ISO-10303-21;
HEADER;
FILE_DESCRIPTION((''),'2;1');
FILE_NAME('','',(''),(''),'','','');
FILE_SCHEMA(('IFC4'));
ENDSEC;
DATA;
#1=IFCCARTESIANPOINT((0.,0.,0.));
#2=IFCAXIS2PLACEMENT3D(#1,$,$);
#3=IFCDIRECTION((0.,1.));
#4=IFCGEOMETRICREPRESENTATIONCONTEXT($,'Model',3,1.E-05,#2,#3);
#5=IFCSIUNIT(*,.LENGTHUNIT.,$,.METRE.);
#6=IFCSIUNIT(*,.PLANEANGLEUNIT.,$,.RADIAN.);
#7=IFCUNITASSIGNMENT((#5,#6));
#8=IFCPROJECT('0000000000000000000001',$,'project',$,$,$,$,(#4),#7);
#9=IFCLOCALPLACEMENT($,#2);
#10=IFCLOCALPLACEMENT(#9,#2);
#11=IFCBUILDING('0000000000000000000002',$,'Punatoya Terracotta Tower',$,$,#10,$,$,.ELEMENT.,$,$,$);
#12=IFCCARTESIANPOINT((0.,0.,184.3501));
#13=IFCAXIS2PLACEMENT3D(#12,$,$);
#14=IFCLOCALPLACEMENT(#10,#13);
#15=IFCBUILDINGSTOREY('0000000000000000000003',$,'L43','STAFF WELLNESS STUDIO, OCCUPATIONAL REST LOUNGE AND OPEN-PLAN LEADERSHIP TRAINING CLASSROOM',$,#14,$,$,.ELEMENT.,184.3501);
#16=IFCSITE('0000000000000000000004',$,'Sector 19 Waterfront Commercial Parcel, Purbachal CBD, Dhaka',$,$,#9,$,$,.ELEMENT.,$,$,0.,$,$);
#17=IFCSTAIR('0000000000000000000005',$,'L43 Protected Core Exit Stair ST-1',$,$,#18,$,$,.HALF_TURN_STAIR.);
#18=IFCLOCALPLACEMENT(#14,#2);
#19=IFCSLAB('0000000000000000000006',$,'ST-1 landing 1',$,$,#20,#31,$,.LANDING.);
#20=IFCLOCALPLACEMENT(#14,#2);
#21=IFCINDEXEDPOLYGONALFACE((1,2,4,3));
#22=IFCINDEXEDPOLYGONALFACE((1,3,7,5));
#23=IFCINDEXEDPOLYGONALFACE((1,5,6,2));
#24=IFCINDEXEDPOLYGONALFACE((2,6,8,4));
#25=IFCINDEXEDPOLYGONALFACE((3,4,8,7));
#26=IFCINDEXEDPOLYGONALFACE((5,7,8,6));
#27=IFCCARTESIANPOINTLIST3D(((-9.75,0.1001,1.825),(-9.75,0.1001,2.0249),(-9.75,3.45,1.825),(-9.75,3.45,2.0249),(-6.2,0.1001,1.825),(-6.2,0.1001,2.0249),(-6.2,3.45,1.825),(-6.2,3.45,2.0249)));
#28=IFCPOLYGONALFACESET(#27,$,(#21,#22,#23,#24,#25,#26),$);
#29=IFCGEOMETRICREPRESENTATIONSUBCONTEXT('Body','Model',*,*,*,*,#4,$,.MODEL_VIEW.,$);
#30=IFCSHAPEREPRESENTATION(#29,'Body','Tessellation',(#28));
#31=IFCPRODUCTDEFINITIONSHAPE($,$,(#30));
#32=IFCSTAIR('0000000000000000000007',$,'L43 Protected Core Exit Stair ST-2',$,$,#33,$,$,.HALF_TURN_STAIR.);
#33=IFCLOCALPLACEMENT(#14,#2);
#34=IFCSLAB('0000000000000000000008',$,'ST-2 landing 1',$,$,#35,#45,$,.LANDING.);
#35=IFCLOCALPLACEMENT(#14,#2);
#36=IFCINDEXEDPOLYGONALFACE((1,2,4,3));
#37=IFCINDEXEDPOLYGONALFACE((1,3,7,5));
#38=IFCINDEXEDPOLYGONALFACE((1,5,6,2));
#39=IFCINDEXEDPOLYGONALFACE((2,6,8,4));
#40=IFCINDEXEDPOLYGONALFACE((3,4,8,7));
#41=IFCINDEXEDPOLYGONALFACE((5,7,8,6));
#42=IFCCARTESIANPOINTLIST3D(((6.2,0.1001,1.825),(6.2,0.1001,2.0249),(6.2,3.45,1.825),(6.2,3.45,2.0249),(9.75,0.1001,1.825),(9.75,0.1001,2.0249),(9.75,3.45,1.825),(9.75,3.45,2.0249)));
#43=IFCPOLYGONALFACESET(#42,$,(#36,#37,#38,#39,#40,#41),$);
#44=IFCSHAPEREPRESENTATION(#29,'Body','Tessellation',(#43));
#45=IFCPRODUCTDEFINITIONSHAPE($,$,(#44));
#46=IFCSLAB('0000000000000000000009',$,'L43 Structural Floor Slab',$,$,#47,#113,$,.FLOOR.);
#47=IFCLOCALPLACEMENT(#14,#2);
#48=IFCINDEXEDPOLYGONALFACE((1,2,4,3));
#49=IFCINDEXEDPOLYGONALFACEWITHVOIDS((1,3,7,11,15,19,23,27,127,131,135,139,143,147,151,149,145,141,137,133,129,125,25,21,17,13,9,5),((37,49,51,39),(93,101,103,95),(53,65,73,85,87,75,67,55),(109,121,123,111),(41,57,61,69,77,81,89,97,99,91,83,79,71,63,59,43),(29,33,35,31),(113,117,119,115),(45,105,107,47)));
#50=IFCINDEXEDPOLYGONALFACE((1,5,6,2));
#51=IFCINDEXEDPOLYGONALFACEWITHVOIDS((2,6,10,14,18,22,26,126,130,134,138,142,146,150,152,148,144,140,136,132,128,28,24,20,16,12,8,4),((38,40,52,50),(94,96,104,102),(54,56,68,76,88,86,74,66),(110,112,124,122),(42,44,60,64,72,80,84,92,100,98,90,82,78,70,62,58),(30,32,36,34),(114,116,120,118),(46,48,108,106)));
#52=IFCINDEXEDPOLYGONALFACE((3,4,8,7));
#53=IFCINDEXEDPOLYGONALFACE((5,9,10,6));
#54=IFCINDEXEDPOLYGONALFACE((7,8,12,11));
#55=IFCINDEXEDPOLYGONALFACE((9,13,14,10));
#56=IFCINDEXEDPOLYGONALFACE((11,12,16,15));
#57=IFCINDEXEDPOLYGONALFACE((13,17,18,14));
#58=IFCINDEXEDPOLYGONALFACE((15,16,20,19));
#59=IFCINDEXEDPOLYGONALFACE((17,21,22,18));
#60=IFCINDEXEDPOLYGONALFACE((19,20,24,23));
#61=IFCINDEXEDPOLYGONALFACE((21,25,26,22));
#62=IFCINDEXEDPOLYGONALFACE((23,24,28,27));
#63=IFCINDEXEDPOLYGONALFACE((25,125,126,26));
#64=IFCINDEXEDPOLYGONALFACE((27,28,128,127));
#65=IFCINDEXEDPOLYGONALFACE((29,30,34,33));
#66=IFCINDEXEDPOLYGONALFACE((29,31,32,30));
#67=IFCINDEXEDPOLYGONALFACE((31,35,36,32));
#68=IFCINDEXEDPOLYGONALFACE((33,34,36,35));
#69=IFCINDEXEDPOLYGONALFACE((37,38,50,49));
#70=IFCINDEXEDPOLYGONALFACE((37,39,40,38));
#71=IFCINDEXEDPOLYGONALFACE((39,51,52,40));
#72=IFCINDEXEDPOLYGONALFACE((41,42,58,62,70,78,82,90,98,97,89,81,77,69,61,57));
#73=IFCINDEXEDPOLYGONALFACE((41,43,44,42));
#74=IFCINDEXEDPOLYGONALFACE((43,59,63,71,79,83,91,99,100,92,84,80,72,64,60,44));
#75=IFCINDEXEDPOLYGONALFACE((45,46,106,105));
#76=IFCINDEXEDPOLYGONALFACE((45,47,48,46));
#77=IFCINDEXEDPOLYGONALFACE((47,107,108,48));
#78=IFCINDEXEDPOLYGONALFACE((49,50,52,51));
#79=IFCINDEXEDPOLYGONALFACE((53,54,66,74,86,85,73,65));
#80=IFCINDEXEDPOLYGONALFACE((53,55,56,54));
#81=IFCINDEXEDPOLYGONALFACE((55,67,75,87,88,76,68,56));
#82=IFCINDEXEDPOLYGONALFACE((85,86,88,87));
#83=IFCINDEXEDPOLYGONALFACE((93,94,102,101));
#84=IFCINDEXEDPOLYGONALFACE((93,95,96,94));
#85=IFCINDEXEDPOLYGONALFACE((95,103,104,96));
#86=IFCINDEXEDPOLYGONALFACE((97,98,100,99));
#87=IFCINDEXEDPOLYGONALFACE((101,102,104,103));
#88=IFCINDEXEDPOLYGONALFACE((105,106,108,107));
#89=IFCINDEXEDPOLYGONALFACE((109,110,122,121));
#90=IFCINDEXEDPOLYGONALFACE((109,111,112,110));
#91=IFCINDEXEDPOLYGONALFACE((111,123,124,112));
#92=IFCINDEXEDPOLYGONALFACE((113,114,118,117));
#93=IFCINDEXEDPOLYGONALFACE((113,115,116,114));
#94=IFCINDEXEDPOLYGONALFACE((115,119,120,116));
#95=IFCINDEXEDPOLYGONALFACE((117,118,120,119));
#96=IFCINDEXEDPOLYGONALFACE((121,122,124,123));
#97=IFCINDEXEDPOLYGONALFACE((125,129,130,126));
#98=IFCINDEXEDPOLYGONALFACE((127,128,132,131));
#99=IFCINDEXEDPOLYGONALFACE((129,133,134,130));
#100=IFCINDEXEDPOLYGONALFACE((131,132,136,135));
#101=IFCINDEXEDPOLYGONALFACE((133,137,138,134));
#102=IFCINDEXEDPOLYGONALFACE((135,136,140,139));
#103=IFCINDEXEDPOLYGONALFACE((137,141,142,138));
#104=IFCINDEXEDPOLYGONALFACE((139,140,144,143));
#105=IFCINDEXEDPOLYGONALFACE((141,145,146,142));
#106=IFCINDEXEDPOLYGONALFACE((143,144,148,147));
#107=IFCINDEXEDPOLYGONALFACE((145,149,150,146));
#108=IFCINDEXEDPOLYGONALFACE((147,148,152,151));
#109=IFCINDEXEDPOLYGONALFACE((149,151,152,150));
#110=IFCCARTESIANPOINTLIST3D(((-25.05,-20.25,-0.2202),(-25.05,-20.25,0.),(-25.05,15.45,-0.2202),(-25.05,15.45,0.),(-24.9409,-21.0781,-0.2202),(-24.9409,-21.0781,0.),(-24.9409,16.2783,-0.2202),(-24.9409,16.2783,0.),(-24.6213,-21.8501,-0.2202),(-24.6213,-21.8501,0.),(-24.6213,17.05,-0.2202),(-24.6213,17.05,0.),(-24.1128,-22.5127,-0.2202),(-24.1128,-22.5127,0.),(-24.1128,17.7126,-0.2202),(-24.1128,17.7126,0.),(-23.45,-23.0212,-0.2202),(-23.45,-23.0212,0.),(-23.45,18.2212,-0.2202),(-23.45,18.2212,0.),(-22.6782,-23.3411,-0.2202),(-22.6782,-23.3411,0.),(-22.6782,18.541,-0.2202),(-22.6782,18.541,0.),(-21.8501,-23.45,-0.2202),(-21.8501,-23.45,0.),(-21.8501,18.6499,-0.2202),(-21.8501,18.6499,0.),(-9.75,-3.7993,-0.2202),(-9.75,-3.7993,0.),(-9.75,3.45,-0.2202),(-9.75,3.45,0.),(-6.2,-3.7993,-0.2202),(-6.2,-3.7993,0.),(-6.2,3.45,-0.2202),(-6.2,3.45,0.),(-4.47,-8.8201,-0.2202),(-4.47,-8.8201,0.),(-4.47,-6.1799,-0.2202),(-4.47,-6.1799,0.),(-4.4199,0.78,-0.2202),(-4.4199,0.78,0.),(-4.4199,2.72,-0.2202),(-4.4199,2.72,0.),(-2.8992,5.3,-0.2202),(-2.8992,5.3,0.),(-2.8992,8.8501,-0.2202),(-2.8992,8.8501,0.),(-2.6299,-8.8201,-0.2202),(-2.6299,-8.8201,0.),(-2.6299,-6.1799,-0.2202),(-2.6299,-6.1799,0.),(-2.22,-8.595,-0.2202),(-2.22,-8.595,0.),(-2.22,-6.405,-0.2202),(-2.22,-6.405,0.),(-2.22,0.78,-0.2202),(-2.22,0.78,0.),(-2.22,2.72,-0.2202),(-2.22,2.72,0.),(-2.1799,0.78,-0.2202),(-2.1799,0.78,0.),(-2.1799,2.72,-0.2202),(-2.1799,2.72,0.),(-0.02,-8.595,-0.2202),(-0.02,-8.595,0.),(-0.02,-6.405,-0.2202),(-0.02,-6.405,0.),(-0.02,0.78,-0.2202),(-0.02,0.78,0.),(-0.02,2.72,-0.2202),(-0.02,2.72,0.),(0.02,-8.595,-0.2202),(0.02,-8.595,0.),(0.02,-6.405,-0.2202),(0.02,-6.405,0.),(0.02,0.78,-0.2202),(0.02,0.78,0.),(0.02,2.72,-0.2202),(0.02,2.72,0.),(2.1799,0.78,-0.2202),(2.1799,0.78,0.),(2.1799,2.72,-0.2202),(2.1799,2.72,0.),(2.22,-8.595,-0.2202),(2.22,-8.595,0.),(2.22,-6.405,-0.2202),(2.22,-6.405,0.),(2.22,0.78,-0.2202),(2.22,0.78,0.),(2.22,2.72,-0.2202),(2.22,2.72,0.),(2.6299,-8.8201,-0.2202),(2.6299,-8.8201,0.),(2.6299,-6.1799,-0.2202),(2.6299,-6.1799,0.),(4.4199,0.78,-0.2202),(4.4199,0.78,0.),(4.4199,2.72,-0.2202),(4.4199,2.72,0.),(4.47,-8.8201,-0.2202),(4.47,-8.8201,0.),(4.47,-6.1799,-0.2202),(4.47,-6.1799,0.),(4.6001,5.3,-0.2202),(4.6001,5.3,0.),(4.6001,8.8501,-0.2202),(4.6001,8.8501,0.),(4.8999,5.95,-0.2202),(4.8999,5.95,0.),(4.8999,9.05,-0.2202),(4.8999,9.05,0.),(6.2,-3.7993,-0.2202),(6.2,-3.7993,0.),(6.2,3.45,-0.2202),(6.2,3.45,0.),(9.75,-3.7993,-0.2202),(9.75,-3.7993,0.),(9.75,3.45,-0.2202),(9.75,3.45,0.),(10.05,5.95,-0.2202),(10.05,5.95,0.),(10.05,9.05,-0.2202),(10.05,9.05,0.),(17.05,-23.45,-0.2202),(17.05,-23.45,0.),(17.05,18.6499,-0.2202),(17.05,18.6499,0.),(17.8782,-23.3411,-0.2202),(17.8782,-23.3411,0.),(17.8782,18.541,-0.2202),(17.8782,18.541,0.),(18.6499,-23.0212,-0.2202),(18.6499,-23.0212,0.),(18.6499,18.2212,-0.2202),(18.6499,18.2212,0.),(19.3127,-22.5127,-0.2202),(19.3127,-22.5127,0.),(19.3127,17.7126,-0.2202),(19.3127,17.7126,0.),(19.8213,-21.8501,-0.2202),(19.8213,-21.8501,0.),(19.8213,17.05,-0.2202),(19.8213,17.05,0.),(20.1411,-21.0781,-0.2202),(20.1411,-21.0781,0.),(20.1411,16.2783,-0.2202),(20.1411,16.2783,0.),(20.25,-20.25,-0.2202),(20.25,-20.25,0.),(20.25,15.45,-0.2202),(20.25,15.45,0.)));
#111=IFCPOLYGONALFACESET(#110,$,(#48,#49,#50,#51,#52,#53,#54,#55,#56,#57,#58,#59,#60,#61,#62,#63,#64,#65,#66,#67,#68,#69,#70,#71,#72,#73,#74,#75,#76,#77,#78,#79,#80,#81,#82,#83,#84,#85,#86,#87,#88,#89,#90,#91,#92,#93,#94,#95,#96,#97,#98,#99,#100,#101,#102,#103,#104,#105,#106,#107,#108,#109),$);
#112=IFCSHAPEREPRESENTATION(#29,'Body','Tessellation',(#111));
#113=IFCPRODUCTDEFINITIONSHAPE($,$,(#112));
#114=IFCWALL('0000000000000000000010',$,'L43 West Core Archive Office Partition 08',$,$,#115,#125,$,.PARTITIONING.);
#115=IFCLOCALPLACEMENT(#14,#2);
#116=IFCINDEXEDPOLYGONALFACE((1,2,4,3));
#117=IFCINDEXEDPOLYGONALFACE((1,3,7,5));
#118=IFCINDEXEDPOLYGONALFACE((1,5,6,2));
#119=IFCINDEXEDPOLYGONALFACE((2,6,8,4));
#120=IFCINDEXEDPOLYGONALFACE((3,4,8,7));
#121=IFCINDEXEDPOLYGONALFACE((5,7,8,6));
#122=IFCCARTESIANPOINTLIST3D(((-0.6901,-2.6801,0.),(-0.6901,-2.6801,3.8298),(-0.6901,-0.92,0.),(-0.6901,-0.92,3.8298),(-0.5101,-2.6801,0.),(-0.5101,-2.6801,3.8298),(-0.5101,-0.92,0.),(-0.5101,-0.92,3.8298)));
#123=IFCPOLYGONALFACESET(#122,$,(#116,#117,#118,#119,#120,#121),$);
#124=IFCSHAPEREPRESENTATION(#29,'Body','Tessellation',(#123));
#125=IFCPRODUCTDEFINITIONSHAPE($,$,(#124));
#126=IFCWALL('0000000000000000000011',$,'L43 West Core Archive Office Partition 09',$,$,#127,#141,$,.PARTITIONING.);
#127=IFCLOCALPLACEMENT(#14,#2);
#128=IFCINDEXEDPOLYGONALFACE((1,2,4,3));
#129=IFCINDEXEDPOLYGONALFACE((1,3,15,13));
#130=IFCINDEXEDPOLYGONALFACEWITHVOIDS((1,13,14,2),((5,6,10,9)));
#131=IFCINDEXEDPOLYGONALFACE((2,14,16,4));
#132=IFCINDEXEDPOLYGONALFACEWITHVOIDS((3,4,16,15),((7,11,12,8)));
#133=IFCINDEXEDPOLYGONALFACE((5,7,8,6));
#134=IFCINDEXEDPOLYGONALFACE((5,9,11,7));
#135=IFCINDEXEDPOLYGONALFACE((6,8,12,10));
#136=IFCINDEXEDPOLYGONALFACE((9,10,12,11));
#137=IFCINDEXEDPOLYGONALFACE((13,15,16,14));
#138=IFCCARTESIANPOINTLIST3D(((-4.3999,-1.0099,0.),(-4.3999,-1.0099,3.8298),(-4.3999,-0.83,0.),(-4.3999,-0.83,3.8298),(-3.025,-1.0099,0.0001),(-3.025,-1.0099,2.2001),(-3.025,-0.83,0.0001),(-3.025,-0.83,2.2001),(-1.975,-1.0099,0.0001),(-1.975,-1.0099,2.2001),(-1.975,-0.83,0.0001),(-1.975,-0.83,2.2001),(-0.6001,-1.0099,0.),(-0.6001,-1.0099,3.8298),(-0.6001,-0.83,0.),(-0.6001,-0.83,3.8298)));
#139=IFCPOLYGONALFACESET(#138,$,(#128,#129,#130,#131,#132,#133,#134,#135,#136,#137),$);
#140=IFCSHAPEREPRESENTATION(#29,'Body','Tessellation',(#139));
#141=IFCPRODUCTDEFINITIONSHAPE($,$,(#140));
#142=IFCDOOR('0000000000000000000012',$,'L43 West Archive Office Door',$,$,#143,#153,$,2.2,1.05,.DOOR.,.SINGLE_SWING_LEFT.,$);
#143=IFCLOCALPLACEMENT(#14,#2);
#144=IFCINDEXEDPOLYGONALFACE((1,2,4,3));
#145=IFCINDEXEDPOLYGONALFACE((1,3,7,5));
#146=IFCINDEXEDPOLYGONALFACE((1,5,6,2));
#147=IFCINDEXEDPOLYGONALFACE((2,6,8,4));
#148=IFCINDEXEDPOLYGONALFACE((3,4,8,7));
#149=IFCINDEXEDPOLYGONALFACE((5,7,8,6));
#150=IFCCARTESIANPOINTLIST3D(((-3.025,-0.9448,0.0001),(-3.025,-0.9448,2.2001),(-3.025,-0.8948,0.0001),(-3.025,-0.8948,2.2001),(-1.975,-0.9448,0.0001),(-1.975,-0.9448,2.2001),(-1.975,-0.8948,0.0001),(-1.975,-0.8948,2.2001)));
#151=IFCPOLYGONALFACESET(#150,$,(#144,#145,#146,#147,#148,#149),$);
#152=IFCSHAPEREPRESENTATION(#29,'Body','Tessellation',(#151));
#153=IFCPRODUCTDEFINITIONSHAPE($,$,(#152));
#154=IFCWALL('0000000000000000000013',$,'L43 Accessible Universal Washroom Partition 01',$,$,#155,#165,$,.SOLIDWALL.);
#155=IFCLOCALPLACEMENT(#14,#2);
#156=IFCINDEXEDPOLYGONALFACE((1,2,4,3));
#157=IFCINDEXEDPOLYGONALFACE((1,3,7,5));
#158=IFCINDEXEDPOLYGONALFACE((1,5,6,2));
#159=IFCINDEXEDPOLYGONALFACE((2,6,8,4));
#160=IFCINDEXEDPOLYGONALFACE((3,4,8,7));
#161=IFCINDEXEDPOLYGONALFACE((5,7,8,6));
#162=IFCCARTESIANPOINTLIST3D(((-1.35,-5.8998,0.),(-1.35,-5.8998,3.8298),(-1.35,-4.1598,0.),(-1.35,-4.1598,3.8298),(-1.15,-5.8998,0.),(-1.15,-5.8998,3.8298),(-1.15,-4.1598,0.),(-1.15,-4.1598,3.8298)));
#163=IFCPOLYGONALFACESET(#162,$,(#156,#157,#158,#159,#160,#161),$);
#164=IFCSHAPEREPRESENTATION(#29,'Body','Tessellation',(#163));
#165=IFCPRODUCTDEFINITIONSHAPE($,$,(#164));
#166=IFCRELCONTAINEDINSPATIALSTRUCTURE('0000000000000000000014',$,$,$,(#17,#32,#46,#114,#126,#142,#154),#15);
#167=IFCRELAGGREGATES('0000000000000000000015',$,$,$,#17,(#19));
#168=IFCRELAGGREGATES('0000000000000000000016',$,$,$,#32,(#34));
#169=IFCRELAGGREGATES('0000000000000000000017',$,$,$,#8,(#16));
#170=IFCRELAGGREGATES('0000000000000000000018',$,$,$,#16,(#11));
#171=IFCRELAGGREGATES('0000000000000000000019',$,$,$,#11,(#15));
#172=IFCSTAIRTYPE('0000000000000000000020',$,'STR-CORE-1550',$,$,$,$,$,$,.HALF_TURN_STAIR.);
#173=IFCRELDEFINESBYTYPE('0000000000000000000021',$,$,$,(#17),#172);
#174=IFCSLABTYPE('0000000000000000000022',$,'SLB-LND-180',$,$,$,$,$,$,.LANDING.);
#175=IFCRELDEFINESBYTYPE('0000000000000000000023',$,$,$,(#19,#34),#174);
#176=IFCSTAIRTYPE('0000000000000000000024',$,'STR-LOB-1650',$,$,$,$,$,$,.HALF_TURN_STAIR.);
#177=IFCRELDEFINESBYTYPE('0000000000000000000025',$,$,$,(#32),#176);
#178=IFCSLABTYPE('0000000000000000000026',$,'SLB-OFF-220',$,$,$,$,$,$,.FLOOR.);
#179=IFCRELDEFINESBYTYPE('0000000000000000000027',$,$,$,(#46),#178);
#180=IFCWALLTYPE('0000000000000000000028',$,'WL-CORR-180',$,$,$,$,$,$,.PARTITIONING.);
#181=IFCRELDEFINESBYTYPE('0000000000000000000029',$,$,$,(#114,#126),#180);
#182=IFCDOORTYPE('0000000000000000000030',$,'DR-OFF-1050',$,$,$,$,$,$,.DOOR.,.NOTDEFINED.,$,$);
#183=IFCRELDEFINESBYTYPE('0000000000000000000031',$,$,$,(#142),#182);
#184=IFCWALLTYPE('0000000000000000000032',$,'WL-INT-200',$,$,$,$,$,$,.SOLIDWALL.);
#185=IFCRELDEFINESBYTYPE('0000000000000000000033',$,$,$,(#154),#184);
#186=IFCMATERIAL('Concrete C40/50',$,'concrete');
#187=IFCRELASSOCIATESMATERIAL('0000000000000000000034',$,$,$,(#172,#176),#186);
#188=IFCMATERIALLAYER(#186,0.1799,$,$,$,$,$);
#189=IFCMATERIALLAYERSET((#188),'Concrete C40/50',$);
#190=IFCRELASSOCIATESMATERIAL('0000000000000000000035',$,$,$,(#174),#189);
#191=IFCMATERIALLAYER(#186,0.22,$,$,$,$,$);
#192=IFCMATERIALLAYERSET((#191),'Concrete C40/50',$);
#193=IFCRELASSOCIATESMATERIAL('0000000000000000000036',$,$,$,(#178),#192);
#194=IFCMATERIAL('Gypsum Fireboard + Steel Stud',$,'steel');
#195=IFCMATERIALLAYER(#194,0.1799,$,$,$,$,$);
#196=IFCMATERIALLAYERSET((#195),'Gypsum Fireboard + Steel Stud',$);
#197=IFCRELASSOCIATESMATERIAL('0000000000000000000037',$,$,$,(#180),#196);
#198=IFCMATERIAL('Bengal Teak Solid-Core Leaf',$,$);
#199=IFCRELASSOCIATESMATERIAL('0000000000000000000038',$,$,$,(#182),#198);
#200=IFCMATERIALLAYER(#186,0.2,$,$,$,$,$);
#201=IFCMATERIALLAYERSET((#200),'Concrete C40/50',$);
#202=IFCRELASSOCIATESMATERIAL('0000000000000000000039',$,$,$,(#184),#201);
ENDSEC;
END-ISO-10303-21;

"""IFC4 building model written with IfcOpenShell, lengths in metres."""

from ifc_helpers import new_model, si_unit, direction, frame, frame_2d, origin, place, context, subcontext, project, spatial, polyline, rectangle, outline, extrude, material, layer, layer_set, type_object, element, fill, aggregate, save


model = new_model("IFC4")

# Units and contexts
model_context = context("Model", 3, precision=1e-05, world=origin(), true_north=direction((0.0, 1.0)))
body_context = subcontext(model_context, "Body", "Model", "MODEL_VIEW")
ifc_project = project(units=[si_unit("LENGTHUNIT", "METRE"), si_unit("PLANEANGLEUNIT", "RADIAN")], contexts=[model_context])

# Site, building, storey
site_placement = place(None, origin())
site = spatial("IfcSite", under=ifc_project, at=site_placement, Name="Sector 19 Waterfront Commercial Parcel, Purbachal CBD, Dhaka", CompositionType="ELEMENT", RefElevation=0.0)
building_placement = place(site_placement, origin())
building = spatial("IfcBuilding", under=site, at=building_placement, Name="Punatoya Terracotta Tower", CompositionType="ELEMENT")
storey_placement = place(building_placement, frame((0.0, 0.0, 184.3501)))
storey = spatial("IfcBuildingStorey", under=building, at=storey_placement, Name="L43", Description="STAFF WELLNESS STUDIO, OCCUPATIONAL REST LOUNGE AND OPEN-PLAN LEADERSHIP TRAINING CLASSROOM", CompositionType="ELEMENT", Elevation=184.3501)

# Stairs, slabs
ifc_material_1 = material(Name="Concrete C40/50", Category="concrete")
stair_type_1 = type_object("IfcStairType", Name="STR-CORE-1550", PredefinedType="HALF_TURN_STAIR", material=ifc_material_1)
stair_1_placement = place(storey_placement, origin())
stair_1 = element("IfcStair", 1, at=stair_1_placement, inside=storey, type_object=stair_type_1, Name="L43 Protected Core Exit Stair ST-1", PredefinedType="HALF_TURN_STAIR")
ifc_layer_1 = layer(ifc_material_1, 0.1799)
ifc_layer_set_1 = layer_set([ifc_layer_1], Name="Concrete C40/50")
slab_type_1 = type_object("IfcSlabType", Name="SLB-LND-180", PredefinedType="LANDING", material=ifc_layer_set_1)
slab_1_placement = place(storey_placement, frame((0.0, 0.0, 1.825)))
slab_1 = element("IfcSlab", 2, at=slab_1_placement, type_object=slab_type_1, Name="ST-1 landing 1", PredefinedType="LANDING", context=body_context, shape_type="SweptSolid", body=[
    extrude(outline(polyline([(-6.2, 0.1001), (-6.2, 3.45), (-9.75, 3.45), (-9.75, 0.1001), (-6.2, 0.1001)])), origin(), (0.0, 0.0, 1.0), 0.2),
])
aggregate(stair_1, [slab_1])
stair_type_2 = type_object("IfcStairType", Name="STR-LOB-1650", PredefinedType="HALF_TURN_STAIR", material=ifc_material_1)
stair_2_placement = place(storey_placement, origin())
stair_2 = element("IfcStair", 3, at=stair_2_placement, inside=storey, type_object=stair_type_2, Name="L43 Protected Core Exit Stair ST-2", PredefinedType="HALF_TURN_STAIR")
slab_2_placement = place(storey_placement, frame((0.0, 0.0, 1.825)))
slab_2 = element("IfcSlab", 4, at=slab_2_placement, type_object=slab_type_1, Name="ST-2 landing 1", PredefinedType="LANDING", context=body_context, shape_type="SweptSolid", body=[
    extrude(outline(polyline([(9.75, 0.1001), (9.75, 3.45), (6.2, 3.45), (6.2, 0.1001), (9.75, 0.1001)])), origin(), (0.0, 0.0, 1.0), 0.2),
])
aggregate(stair_2, [slab_2])

# Slab
ifc_layer_2 = layer(ifc_material_1, 0.22)
ifc_layer_set_2 = layer_set([ifc_layer_2], Name="Concrete C40/50")
slab_type_2 = type_object("IfcSlabType", Name="SLB-OFF-220", PredefinedType="FLOOR", material=ifc_layer_set_2)
slab_3_placement = place(storey_placement, frame((0.0, 0.0, -0.2202)))
element("IfcSlab", 5, at=slab_3_placement, inside=storey, type_object=slab_type_2, Name="L43 Structural Floor Slab", PredefinedType="FLOOR", context=body_context, shape_type="SweptSolid", body=[
    extrude(outline(polyline([(-21.8501, -23.45), (-22.6782, -23.3411), (-23.45, -23.0212), (-24.1128, -22.5127), (-24.6213, -21.8501), (-24.9409, -21.0781), (-25.05, -20.25), (-25.05, 15.45), (-24.9409, 16.2783), (-24.6213, 17.05), (-24.1128, 17.7126), (-23.45, 18.2212), (-22.6782, 18.541), (-21.8501, 18.6499), (17.05, 18.6499), (17.8782, 18.541), (18.6499, 18.2212), (19.3127, 17.7126), (19.8213, 17.05), (20.1411, 16.2783), (20.25, 15.45), (20.25, -20.25), (20.1411, -21.0781), (19.8213, -21.8501), (19.3127, -22.5127), (18.6499, -23.0212), (17.8782, -23.3411), (17.05, -23.45), (-21.8501, -23.45)]), holes=[polyline([(-2.6299, -6.1799), (-4.47, -6.1799), (-4.47, -8.8201), (-2.6299, -8.8201), (-2.6299, -6.1799)]), polyline([(0.02, -8.595), (2.22, -8.595), (2.22, -6.405), (0.02, -6.405), (-0.02, -6.405), (-2.22, -6.405), (-2.22, -8.595), (-0.02, -8.595), (0.02, -8.595)]), polyline([(-6.2, 3.45), (-9.75, 3.45), (-9.75, -3.7993), (-6.2, -3.7993), (-6.2, 3.45)]), polyline([(-4.4199, 2.72), (-4.4199, 0.78), (-2.22, 0.78), (-2.1799, 0.78), (-0.02, 0.78), (0.02, 0.78), (2.1799, 0.78), (2.22, 0.78), (4.4199, 0.78), (4.4199, 2.72), (2.22, 2.72), (2.1799, 2.72), (0.02, 2.72), (-0.02, 2.72), (-2.1799, 2.72), (-2.22, 2.72), (-4.4199, 2.72)]), polyline([(4.6001, 5.3), (4.6001, 8.8501), (-2.8992, 8.8501), (-2.8992, 5.3), (4.6001, 5.3)]), polyline([(4.47, -8.8201), (4.47, -6.1799), (2.6299, -6.1799), (2.6299, -8.8201), (4.47, -8.8201)]), polyline([(9.75, 3.45), (6.2, 3.45), (6.2, -3.7993), (9.75, -3.7993), (9.75, 3.45)]), polyline([(10.05, 5.95), (10.05, 9.05), (4.8999, 9.05), (4.8999, 5.95), (10.05, 5.95)])]), origin(), (0.0, 0.0, 1.0), 0.2202),
])

# Wall
ifc_material_2 = material(Name="Gypsum Fireboard + Steel Stud", Category="steel")
ifc_layer_3 = layer(ifc_material_2, 0.1799)
ifc_layer_set_3 = layer_set([ifc_layer_3], Name="Gypsum Fireboard + Steel Stud")
wall_type_1 = type_object("IfcWallType", Name="WL-CORR-180", PredefinedType="PARTITIONING", material=ifc_layer_set_3)
wall_1_placement = place(storey_placement, frame((-0.6001, -2.6799, 0.0), z_axis=(0.0, 0.0, 1.0), x_axis=(0.0, 1.0, 0.0)))
element("IfcWall", 6, at=wall_1_placement, inside=storey, type_object=wall_type_1, Name="L43 West Core Archive Office Partition 08", PredefinedType="PARTITIONING", context=body_context, shape_type="SweptSolid", body=[
    extrude(rectangle(XDim=1.76, YDim=0.1799, at=frame_2d((0.8799, 0.0))), origin(), (0.0, 0.0, 1.0), 3.8298),
])

# Wall, opening, door
wall_2_placement = place(storey_placement, frame((-0.6001, -0.9199, 0.0), z_axis=(0.0, 0.0, 1.0), x_axis=(-1.0, 0.0, 0.0)))
wall_2 = element("IfcWall", 7, at=wall_2_placement, inside=storey, type_object=wall_type_1, Name="L43 West Core Archive Office Partition 09", PredefinedType="PARTITIONING", context=body_context, shape_type="SweptSolid", body=[
    extrude(rectangle(XDim=3.7998, YDim=0.1799, at=frame_2d((1.8999, 0.0))), origin(), (0.0, 0.0, 1.0), 3.8298),
])
opening_1_placement = place(wall_2_placement, frame((1.375, 0.0, 0.0)))
opening_1 = element("IfcOpeningElement", 8, at=opening_1_placement, cuts=wall_2, PredefinedType="OPENING", context=body_context, shape_type="SweptSolid", body=[
    extrude(rectangle(XDim=1.05, YDim=2.2, at=frame_2d((0.5249, 1.1001))), frame((0.0, 0.0999, 0.0), z_axis=(0.0, -1.0, 0.0), x_axis=(1.0, 0.0, 0.0)), (0.0, 0.0, 1.0), 0.2),
])
ifc_material_3 = material(Name="Bengal Teak Solid-Core Leaf")
door_type_1 = type_object("IfcDoorType", Name="DR-OFF-1050", OperationType="NOTDEFINED", PredefinedType="DOOR", material=ifc_material_3)
door_1_placement = place(opening_1_placement, origin())
door_1 = element("IfcDoor", 9, at=door_1_placement, inside=storey, type_object=door_type_1, Name="L43 West Archive Office Door", OperationType="SINGLE_SWING_LEFT", OverallHeight=2.2, OverallWidth=1.05, PredefinedType="DOOR", context=body_context, shape_type="SweptSolid", body=[
    extrude(rectangle(XDim=1.05, YDim=2.2, at=frame_2d((0.5249, 1.1001))), frame((0.0, 0.0249, 0.0), z_axis=(0.0, -1.0, 0.0), x_axis=(1.0, 0.0, 0.0)), (0.0, 0.0, 1.0), 0.05),
])
fill(opening_1, door_1)

# Wall
ifc_layer_4 = layer(ifc_material_1, 0.2)
ifc_layer_set_4 = layer_set([ifc_layer_4], Name="Concrete C40/50")
wall_type_2 = type_object("IfcWallType", Name="WL-INT-200", PredefinedType="SOLIDWALL", material=ifc_layer_set_4)
wall_3_placement = place(storey_placement, frame((-1.25, -5.8999, 0.0), z_axis=(0.0, 0.0, 1.0), x_axis=(0.0, 1.0, 0.0)))
element("IfcWall", 10, at=wall_3_placement, inside=storey, type_object=wall_type_2, Name="L43 Accessible Universal Washroom Partition 01", PredefinedType="SOLIDWALL", context=body_context, shape_type="SweptSolid", body=[
    extrude(rectangle(XDim=1.74, YDim=0.2, at=frame_2d((0.8701, 0.0))), origin(), (0.0, 0.0, 1.0), 3.8298),
])

save(model, "model.ifc")
